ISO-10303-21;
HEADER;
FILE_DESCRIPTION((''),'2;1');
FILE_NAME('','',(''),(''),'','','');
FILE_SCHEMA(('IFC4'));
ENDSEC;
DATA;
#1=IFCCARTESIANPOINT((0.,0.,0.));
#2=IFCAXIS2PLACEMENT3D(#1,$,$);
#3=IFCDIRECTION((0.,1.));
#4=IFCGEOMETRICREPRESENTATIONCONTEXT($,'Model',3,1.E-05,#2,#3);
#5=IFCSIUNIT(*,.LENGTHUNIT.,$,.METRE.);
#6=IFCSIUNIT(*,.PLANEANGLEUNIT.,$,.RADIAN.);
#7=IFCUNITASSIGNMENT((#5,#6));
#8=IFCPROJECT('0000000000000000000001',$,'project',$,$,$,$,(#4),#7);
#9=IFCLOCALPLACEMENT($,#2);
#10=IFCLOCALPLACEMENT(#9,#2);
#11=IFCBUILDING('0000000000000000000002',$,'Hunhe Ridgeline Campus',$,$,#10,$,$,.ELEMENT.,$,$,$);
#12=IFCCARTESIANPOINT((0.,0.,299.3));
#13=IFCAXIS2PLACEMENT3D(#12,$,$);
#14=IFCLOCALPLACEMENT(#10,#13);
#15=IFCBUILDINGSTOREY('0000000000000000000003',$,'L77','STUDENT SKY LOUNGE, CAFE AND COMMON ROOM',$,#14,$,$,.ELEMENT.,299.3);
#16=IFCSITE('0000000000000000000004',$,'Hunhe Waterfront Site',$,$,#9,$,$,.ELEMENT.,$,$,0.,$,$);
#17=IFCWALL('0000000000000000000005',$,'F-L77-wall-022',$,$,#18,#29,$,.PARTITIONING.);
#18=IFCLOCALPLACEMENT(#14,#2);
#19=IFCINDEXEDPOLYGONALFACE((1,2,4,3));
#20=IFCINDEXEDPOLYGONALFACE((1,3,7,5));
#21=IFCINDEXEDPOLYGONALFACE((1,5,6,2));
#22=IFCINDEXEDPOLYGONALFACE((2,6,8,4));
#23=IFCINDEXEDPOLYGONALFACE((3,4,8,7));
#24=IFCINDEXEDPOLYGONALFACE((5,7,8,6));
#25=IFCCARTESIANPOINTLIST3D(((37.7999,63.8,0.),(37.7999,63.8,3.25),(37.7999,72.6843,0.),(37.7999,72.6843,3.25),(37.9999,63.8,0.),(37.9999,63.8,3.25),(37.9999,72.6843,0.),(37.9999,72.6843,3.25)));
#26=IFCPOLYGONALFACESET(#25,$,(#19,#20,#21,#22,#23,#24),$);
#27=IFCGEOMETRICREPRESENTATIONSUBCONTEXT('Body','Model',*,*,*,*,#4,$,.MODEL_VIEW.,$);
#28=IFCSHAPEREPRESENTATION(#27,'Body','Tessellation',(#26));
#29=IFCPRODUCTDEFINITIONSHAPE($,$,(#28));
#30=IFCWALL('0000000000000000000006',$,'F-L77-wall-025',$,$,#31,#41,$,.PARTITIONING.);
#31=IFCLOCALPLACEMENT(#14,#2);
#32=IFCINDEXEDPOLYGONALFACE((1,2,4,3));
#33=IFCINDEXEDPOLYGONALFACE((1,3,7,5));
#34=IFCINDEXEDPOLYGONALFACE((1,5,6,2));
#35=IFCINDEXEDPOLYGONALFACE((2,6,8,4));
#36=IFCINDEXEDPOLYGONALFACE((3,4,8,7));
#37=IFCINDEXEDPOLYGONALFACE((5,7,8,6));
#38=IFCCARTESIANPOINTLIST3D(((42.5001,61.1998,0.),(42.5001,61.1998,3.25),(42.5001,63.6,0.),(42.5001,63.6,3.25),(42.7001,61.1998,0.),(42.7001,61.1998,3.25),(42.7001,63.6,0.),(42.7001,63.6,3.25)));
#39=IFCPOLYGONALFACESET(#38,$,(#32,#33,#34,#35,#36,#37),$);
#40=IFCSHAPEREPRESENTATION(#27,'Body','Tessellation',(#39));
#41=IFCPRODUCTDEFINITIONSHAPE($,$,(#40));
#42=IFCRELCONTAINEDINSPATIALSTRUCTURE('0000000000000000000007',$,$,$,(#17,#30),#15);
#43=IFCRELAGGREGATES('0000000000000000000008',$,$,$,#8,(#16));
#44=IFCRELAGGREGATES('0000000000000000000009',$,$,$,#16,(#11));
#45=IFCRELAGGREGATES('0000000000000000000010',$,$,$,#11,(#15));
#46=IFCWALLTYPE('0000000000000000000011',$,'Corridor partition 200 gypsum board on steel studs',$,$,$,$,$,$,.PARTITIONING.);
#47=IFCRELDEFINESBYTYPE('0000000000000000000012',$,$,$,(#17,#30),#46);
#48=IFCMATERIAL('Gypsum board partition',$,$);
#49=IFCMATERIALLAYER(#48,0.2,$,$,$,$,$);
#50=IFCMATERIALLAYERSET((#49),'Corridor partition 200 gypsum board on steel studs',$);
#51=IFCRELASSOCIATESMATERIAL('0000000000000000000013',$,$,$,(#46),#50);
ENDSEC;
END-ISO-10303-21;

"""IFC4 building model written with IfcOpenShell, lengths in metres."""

from ifc_helpers import new_model, si_unit, direction, frame, frame_2d, origin, place, context, subcontext, project, spatial, rectangle, extrude, material, layer, layer_set, type_object, element, save


model = new_model("IFC4")

# Units and contexts
model_context = context("Model", 3, precision=1e-05, world=origin(), true_north=direction((0.0, 1.0)))
body_context = subcontext(model_context, "Body", "Model", "MODEL_VIEW")
ifc_project = project(units=[si_unit("LENGTHUNIT", "METRE"), si_unit("PLANEANGLEUNIT", "RADIAN")], contexts=[model_context])

# Site, building, storey
site_placement = place(None, origin())
site = spatial("IfcSite", under=ifc_project, at=site_placement, Name="Hunhe Waterfront Site", CompositionType="ELEMENT", RefElevation=0.0)
building_placement = place(site_placement, origin())
building = spatial("IfcBuilding", under=site, at=building_placement, Name="Hunhe Ridgeline Campus", CompositionType="ELEMENT")
storey_placement = place(building_placement, frame((0.0, 0.0, 299.3)))
storey = spatial("IfcBuildingStorey", under=building, at=storey_placement, Name="L77", Description="STUDENT SKY LOUNGE, CAFE AND COMMON ROOM", CompositionType="ELEMENT", Elevation=299.3)

# Shared definitions
ifc_material_1 = material(Name="Gypsum board partition")
ifc_layer_1 = layer(ifc_material_1, 0.2)
ifc_layer_set_1 = layer_set([ifc_layer_1], Name="Corridor partition 200 gypsum board on steel studs")
wall_type = type_object("IfcWallType", Name="Corridor partition 200 gypsum board on steel studs", PredefinedType="PARTITIONING", material=ifc_layer_set_1)

# Walls
wall_1_placement = place(storey_placement, frame((37.8999, 72.6843, 0.0), z_axis=(0.0, 0.0, 1.0), x_axis=(0.0, -1.0, 0.0)))
element("IfcWall", 1, at=wall_1_placement, inside=storey, type_object=wall_type, Name="F-L77-wall-022", PredefinedType="PARTITIONING", context=body_context, shape_type="SweptSolid", body=[
    extrude(rectangle(XDim=8.8843, YDim=0.2, at=frame_2d((4.4421, 0.0))), origin(), (0.0, 0.0, 1.0), 3.25),
])
wall_2_placement = place(storey_placement, frame((42.6001, 63.6001, 0.0), z_axis=(0.0, 0.0, 1.0), x_axis=(0.0, -1.0, 0.0)))
element("IfcWall", 2, at=wall_2_placement, inside=storey, type_object=wall_type, Name="F-L77-wall-025", PredefinedType="PARTITIONING", context=body_context, shape_type="SweptSolid", body=[
    extrude(rectangle(XDim=2.4001, YDim=0.2, at=frame_2d((1.2002, 0.0))), origin(), (0.0, 0.0, 1.0), 3.25),
])

save(model, "model.ifc")
